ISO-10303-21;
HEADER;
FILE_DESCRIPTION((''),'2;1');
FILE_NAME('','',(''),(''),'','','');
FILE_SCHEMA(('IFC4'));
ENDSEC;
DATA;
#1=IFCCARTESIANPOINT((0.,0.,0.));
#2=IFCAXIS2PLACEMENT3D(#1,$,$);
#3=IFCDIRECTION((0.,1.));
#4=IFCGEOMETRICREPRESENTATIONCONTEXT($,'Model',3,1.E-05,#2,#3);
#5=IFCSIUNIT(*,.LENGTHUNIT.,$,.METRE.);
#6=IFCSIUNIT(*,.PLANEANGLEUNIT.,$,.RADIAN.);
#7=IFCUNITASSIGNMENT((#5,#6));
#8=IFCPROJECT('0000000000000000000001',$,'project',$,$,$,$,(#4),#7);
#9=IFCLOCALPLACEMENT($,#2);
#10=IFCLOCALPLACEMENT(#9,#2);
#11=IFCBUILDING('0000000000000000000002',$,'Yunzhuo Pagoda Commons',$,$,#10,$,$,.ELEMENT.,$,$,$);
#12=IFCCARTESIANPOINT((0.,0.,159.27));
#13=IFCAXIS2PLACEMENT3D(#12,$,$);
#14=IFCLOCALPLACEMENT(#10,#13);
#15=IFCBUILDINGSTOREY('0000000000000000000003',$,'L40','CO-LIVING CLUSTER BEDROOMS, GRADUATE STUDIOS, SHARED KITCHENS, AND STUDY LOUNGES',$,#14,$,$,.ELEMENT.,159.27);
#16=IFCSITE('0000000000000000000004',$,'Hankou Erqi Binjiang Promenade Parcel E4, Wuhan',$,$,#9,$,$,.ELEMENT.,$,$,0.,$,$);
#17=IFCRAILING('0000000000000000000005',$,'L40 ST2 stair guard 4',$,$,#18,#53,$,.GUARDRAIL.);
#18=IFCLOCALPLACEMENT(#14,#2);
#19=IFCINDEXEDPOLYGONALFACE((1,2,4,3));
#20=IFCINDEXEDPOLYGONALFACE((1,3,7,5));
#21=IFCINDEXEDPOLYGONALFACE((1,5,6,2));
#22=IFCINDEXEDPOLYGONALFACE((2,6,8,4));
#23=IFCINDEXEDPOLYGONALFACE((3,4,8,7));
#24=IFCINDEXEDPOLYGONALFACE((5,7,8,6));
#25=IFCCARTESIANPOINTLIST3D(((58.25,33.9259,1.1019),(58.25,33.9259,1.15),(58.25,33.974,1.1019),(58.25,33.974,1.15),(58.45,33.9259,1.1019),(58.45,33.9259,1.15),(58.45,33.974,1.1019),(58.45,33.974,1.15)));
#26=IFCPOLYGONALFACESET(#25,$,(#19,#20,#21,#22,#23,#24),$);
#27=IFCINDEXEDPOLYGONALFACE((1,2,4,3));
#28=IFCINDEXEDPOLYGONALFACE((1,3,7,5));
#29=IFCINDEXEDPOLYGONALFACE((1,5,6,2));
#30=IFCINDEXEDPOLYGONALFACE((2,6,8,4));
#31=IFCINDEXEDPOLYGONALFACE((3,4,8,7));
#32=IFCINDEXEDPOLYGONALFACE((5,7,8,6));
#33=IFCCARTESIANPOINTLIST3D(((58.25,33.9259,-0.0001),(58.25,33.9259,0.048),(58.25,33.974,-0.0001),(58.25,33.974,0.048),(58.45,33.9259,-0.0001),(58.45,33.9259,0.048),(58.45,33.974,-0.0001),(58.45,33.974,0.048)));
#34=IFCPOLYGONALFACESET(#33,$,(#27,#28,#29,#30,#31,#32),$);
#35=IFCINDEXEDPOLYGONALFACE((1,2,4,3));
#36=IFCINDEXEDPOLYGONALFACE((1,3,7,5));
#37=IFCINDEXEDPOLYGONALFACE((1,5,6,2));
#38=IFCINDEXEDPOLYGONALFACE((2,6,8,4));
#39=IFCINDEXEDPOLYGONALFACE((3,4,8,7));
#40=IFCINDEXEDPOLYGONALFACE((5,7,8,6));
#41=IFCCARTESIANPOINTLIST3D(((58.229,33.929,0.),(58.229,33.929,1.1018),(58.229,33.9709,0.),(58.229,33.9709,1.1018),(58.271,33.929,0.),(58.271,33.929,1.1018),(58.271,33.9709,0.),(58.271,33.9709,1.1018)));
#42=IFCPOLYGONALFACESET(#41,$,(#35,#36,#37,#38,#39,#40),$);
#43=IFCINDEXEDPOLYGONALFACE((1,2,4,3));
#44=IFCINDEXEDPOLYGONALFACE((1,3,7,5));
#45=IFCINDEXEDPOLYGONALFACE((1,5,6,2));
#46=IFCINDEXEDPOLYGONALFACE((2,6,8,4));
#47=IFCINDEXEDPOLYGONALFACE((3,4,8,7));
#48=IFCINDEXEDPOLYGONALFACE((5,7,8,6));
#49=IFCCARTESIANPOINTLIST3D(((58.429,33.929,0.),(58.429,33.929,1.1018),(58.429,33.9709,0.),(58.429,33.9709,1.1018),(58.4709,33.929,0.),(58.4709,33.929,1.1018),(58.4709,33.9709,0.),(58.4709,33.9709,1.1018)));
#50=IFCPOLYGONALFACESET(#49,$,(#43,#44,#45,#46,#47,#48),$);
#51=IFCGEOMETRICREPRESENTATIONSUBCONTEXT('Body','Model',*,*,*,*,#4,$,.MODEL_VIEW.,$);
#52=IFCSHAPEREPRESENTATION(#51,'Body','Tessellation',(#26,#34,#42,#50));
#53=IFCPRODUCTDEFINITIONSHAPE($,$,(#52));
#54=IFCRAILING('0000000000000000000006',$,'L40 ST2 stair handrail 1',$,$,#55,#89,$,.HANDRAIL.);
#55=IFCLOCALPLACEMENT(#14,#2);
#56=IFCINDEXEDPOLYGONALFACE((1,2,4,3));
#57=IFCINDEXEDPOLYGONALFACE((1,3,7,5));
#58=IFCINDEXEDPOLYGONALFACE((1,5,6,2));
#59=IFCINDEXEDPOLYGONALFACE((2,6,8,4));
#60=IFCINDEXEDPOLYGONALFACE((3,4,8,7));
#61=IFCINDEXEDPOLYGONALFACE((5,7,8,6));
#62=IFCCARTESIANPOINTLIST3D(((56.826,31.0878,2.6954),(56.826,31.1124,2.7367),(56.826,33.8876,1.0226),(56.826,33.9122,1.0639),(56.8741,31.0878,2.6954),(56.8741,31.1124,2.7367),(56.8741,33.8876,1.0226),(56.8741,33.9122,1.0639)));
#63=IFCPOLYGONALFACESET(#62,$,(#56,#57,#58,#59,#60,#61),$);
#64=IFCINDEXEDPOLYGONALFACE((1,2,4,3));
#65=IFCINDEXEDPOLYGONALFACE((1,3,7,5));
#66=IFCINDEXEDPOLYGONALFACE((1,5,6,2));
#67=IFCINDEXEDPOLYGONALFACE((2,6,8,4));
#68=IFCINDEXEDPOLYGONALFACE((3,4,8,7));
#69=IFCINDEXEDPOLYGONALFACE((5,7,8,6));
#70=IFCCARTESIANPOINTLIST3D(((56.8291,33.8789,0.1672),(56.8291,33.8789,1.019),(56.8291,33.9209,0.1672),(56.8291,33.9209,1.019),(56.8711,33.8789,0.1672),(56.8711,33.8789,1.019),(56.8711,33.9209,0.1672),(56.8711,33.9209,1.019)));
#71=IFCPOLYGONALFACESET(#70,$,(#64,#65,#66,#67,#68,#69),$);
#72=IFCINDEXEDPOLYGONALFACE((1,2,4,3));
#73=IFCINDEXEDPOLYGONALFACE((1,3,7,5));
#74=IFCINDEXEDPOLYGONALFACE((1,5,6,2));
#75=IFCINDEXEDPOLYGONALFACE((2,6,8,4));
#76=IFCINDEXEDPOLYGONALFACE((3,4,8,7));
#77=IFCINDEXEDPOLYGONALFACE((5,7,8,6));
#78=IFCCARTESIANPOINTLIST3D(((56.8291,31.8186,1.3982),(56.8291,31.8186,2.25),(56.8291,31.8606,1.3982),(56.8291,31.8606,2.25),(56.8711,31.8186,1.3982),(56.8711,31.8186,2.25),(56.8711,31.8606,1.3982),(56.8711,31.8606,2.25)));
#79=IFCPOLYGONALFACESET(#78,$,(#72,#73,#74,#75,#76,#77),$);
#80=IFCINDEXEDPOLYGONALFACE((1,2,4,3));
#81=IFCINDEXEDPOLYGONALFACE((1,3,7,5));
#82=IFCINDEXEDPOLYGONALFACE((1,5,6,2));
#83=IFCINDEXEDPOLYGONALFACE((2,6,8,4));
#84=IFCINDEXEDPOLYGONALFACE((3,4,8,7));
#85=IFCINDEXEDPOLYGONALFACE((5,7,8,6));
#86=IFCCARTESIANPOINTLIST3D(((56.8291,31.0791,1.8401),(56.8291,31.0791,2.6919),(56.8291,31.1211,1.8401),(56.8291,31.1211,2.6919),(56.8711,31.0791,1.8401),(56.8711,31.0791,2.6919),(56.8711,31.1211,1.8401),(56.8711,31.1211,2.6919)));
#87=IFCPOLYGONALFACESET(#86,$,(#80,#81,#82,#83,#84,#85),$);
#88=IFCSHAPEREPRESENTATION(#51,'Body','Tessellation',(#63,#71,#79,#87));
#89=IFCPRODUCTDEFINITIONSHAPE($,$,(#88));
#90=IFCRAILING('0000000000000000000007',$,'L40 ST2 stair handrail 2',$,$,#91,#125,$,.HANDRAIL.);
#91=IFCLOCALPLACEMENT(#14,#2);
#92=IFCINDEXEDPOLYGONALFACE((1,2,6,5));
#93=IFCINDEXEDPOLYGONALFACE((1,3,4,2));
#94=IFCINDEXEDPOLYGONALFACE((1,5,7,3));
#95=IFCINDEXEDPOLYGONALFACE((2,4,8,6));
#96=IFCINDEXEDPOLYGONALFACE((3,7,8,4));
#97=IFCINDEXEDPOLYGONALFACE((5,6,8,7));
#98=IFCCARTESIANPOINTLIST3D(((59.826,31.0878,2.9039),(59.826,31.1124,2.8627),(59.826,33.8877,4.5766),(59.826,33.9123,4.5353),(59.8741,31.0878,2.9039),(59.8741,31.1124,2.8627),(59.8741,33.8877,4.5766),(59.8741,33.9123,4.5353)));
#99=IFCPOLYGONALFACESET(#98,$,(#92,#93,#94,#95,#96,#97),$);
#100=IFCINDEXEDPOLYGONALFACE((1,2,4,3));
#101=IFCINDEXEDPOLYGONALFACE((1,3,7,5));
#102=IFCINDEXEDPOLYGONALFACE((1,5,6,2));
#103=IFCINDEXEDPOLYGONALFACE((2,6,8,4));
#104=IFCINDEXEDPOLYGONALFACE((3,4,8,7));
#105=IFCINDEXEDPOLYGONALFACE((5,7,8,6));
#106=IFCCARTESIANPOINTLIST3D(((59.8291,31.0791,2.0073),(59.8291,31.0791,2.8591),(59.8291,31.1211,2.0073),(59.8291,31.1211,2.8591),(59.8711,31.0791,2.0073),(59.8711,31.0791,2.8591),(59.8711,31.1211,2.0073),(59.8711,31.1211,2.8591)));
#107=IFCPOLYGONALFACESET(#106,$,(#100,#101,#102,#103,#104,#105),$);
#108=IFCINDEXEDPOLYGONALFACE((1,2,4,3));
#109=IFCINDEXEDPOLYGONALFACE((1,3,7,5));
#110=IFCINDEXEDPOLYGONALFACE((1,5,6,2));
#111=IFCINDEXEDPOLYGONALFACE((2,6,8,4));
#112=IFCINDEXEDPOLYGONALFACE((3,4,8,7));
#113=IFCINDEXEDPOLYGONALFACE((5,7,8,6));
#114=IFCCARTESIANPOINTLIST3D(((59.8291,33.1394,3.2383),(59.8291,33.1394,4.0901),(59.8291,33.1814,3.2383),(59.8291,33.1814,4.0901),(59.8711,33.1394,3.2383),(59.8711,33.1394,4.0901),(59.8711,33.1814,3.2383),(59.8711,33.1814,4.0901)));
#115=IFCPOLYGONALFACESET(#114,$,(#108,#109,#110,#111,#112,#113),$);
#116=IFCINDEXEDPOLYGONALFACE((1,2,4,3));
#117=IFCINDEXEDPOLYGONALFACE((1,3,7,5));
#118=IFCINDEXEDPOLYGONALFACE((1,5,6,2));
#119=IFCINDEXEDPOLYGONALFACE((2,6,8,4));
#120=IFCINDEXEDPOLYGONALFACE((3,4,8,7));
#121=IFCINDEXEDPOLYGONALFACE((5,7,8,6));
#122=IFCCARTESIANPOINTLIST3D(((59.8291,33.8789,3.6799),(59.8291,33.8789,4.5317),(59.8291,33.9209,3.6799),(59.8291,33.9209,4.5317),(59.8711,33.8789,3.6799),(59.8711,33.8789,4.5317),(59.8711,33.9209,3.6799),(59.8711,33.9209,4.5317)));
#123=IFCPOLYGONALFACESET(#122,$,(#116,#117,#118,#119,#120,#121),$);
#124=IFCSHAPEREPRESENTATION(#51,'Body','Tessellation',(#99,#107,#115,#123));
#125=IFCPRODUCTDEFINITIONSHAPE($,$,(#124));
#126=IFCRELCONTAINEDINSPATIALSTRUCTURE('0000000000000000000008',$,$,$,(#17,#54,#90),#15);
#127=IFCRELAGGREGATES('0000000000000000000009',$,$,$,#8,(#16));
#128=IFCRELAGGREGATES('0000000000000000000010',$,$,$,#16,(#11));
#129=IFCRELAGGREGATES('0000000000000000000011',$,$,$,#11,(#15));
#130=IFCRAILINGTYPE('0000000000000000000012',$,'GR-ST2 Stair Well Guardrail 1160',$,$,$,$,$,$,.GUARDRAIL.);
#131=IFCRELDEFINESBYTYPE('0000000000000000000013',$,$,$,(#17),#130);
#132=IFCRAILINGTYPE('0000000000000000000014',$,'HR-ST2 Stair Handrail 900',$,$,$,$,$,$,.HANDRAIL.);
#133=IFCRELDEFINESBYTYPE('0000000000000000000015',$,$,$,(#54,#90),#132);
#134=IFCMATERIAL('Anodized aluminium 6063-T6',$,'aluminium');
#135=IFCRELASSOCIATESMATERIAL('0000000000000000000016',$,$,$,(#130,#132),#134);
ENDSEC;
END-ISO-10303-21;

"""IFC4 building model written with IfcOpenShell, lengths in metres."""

from ifc_helpers import new_model, si_unit, direction, frame, origin, origin_2d, place, context, subcontext, project, spatial, rectangle, extrude, material, type_object, element, save


model = new_model("IFC4")

# Units and contexts
model_context = context("Model", 3, precision=1e-05, world=origin(), true_north=direction((0.0, 1.0)))
body_context = subcontext(model_context, "Body", "Model", "MODEL_VIEW")
ifc_project = project(units=[si_unit("LENGTHUNIT", "METRE"), si_unit("PLANEANGLEUNIT", "RADIAN")], contexts=[model_context])

# Site, building, storey
site_placement = place(None, origin())
site = spatial("IfcSite", under=ifc_project, at=site_placement, Name="Hankou Erqi Binjiang Promenade Parcel E4, Wuhan", CompositionType="ELEMENT", RefElevation=0.0)
building_placement = place(site_placement, origin())
building = spatial("IfcBuilding", under=site, at=building_placement, Name="Yunzhuo Pagoda Commons", CompositionType="ELEMENT")
storey_placement = place(building_placement, frame((0.0, 0.0, 159.27)))
storey = spatial("IfcBuildingStorey", under=building, at=storey_placement, Name="L40", Description="CO-LIVING CLUSTER BEDROOMS, GRADUATE STUDIOS, SHARED KITCHENS, AND STUDY LOUNGES", CompositionType="ELEMENT", Elevation=159.27)

# Railings
ifc_material_1 = material(Name="Anodized aluminium 6063-T6", Category="aluminium")
railing_type_1 = type_object("IfcRailingType", Name="GR-ST2 Stair Well Guardrail 1160", PredefinedType="GUARDRAIL", material=ifc_material_1)
railing_1_placement = place(storey_placement, frame((58.25, 33.95, 0.0)))
element("IfcRailing", 1, at=railing_1_placement, inside=storey, type_object=railing_type_1, Name="L40 ST2 stair guard 4", PredefinedType="GUARDRAIL", context=body_context, shape_type="SweptSolid", body=[
    extrude(rectangle(XDim=0.0481, YDim=0.0481, at=origin_2d()), frame((0.0, 0.0, 1.126), z_axis=(1.0, 0.0, 0.0), x_axis=(0.0, 1.0, 0.0)), (0.0, 0.0, 1.0), 0.2),
    extrude(rectangle(XDim=0.0481, YDim=0.0481, at=origin_2d()), frame((0.0, 0.0, 0.0239), z_axis=(1.0, 0.0, 0.0), x_axis=(0.0, 1.0, 0.0)), (0.0, 0.0, 1.0), 0.2),
    extrude(rectangle(XDim=0.042, YDim=0.042, at=origin_2d()), origin(), (0.0, 0.0, 1.0), 1.1018),
    extrude(rectangle(XDim=0.042, YDim=0.042, at=origin_2d()), frame((0.2, 0.0, 0.0)), (0.0, 0.0, 1.0), 1.1018),
])
railing_type_2 = type_object("IfcRailingType", Name="HR-ST2 Stair Handrail 900", PredefinedType="HANDRAIL", material=ifc_material_1)
railing_2_placement = place(storey_placement, frame((56.8501, 33.8999, 0.1672)))
element("IfcRailing", 2, at=railing_2_placement, inside=storey, type_object=railing_type_2, Name="L40 ST2 stair handrail 1", PredefinedType="HANDRAIL", context=body_context, shape_type="SweptSolid", body=[
    extrude(rectangle(XDim=0.0481, YDim=0.0481, at=origin_2d()), frame((0.0, 0.0, 0.876), z_axis=(0.0, -0.858443, 0.51291), x_axis=(1.0, 0.0, 0.0)), (0.0, 0.0, 1.0), 3.2615),
    extrude(rectangle(XDim=0.042, YDim=0.042, at=origin_2d()), origin(), (0.0, 0.0, 1.0), 0.8518),
    extrude(rectangle(XDim=0.042, YDim=0.042, at=origin_2d()), frame((0.0, -2.0603, 1.231)), (0.0, 0.0, 1.0), 0.8518),
    extrude(rectangle(XDim=0.042, YDim=0.042, at=origin_2d()), frame((0.0, -2.7998, 1.6729)), (0.0, 0.0, 1.0), 0.8518),
])
railing_3_placement = place(storey_placement, frame((59.8501, 31.1001, 2.0073)))
element("IfcRailing", 3, at=railing_3_placement, inside=storey, type_object=railing_type_2, Name="L40 ST2 stair handrail 2", PredefinedType="HANDRAIL", context=body_context, shape_type="SweptSolid", body=[
    extrude(rectangle(XDim=0.0481, YDim=0.0481, at=origin_2d()), frame((0.0, 0.0, 0.876), z_axis=(0.0, 0.858476, 0.512855), x_axis=(-1.0, 0.0, 0.0)), (0.0, 0.0, 1.0), 3.2615),
    extrude(rectangle(XDim=0.042, YDim=0.042, at=origin_2d()), origin(), (0.0, 0.0, 1.0), 0.8518),
    extrude(rectangle(XDim=0.042, YDim=0.042, at=origin_2d()), frame((0.0, 2.0603, 1.231)), (0.0, 0.0, 1.0), 0.8518),
    extrude(rectangle(XDim=0.042, YDim=0.042, at=origin_2d()), frame((0.0, 2.7998, 1.6726)), (0.0, 0.0, 1.0), 0.8518),
])

save(model, "model.ifc")
